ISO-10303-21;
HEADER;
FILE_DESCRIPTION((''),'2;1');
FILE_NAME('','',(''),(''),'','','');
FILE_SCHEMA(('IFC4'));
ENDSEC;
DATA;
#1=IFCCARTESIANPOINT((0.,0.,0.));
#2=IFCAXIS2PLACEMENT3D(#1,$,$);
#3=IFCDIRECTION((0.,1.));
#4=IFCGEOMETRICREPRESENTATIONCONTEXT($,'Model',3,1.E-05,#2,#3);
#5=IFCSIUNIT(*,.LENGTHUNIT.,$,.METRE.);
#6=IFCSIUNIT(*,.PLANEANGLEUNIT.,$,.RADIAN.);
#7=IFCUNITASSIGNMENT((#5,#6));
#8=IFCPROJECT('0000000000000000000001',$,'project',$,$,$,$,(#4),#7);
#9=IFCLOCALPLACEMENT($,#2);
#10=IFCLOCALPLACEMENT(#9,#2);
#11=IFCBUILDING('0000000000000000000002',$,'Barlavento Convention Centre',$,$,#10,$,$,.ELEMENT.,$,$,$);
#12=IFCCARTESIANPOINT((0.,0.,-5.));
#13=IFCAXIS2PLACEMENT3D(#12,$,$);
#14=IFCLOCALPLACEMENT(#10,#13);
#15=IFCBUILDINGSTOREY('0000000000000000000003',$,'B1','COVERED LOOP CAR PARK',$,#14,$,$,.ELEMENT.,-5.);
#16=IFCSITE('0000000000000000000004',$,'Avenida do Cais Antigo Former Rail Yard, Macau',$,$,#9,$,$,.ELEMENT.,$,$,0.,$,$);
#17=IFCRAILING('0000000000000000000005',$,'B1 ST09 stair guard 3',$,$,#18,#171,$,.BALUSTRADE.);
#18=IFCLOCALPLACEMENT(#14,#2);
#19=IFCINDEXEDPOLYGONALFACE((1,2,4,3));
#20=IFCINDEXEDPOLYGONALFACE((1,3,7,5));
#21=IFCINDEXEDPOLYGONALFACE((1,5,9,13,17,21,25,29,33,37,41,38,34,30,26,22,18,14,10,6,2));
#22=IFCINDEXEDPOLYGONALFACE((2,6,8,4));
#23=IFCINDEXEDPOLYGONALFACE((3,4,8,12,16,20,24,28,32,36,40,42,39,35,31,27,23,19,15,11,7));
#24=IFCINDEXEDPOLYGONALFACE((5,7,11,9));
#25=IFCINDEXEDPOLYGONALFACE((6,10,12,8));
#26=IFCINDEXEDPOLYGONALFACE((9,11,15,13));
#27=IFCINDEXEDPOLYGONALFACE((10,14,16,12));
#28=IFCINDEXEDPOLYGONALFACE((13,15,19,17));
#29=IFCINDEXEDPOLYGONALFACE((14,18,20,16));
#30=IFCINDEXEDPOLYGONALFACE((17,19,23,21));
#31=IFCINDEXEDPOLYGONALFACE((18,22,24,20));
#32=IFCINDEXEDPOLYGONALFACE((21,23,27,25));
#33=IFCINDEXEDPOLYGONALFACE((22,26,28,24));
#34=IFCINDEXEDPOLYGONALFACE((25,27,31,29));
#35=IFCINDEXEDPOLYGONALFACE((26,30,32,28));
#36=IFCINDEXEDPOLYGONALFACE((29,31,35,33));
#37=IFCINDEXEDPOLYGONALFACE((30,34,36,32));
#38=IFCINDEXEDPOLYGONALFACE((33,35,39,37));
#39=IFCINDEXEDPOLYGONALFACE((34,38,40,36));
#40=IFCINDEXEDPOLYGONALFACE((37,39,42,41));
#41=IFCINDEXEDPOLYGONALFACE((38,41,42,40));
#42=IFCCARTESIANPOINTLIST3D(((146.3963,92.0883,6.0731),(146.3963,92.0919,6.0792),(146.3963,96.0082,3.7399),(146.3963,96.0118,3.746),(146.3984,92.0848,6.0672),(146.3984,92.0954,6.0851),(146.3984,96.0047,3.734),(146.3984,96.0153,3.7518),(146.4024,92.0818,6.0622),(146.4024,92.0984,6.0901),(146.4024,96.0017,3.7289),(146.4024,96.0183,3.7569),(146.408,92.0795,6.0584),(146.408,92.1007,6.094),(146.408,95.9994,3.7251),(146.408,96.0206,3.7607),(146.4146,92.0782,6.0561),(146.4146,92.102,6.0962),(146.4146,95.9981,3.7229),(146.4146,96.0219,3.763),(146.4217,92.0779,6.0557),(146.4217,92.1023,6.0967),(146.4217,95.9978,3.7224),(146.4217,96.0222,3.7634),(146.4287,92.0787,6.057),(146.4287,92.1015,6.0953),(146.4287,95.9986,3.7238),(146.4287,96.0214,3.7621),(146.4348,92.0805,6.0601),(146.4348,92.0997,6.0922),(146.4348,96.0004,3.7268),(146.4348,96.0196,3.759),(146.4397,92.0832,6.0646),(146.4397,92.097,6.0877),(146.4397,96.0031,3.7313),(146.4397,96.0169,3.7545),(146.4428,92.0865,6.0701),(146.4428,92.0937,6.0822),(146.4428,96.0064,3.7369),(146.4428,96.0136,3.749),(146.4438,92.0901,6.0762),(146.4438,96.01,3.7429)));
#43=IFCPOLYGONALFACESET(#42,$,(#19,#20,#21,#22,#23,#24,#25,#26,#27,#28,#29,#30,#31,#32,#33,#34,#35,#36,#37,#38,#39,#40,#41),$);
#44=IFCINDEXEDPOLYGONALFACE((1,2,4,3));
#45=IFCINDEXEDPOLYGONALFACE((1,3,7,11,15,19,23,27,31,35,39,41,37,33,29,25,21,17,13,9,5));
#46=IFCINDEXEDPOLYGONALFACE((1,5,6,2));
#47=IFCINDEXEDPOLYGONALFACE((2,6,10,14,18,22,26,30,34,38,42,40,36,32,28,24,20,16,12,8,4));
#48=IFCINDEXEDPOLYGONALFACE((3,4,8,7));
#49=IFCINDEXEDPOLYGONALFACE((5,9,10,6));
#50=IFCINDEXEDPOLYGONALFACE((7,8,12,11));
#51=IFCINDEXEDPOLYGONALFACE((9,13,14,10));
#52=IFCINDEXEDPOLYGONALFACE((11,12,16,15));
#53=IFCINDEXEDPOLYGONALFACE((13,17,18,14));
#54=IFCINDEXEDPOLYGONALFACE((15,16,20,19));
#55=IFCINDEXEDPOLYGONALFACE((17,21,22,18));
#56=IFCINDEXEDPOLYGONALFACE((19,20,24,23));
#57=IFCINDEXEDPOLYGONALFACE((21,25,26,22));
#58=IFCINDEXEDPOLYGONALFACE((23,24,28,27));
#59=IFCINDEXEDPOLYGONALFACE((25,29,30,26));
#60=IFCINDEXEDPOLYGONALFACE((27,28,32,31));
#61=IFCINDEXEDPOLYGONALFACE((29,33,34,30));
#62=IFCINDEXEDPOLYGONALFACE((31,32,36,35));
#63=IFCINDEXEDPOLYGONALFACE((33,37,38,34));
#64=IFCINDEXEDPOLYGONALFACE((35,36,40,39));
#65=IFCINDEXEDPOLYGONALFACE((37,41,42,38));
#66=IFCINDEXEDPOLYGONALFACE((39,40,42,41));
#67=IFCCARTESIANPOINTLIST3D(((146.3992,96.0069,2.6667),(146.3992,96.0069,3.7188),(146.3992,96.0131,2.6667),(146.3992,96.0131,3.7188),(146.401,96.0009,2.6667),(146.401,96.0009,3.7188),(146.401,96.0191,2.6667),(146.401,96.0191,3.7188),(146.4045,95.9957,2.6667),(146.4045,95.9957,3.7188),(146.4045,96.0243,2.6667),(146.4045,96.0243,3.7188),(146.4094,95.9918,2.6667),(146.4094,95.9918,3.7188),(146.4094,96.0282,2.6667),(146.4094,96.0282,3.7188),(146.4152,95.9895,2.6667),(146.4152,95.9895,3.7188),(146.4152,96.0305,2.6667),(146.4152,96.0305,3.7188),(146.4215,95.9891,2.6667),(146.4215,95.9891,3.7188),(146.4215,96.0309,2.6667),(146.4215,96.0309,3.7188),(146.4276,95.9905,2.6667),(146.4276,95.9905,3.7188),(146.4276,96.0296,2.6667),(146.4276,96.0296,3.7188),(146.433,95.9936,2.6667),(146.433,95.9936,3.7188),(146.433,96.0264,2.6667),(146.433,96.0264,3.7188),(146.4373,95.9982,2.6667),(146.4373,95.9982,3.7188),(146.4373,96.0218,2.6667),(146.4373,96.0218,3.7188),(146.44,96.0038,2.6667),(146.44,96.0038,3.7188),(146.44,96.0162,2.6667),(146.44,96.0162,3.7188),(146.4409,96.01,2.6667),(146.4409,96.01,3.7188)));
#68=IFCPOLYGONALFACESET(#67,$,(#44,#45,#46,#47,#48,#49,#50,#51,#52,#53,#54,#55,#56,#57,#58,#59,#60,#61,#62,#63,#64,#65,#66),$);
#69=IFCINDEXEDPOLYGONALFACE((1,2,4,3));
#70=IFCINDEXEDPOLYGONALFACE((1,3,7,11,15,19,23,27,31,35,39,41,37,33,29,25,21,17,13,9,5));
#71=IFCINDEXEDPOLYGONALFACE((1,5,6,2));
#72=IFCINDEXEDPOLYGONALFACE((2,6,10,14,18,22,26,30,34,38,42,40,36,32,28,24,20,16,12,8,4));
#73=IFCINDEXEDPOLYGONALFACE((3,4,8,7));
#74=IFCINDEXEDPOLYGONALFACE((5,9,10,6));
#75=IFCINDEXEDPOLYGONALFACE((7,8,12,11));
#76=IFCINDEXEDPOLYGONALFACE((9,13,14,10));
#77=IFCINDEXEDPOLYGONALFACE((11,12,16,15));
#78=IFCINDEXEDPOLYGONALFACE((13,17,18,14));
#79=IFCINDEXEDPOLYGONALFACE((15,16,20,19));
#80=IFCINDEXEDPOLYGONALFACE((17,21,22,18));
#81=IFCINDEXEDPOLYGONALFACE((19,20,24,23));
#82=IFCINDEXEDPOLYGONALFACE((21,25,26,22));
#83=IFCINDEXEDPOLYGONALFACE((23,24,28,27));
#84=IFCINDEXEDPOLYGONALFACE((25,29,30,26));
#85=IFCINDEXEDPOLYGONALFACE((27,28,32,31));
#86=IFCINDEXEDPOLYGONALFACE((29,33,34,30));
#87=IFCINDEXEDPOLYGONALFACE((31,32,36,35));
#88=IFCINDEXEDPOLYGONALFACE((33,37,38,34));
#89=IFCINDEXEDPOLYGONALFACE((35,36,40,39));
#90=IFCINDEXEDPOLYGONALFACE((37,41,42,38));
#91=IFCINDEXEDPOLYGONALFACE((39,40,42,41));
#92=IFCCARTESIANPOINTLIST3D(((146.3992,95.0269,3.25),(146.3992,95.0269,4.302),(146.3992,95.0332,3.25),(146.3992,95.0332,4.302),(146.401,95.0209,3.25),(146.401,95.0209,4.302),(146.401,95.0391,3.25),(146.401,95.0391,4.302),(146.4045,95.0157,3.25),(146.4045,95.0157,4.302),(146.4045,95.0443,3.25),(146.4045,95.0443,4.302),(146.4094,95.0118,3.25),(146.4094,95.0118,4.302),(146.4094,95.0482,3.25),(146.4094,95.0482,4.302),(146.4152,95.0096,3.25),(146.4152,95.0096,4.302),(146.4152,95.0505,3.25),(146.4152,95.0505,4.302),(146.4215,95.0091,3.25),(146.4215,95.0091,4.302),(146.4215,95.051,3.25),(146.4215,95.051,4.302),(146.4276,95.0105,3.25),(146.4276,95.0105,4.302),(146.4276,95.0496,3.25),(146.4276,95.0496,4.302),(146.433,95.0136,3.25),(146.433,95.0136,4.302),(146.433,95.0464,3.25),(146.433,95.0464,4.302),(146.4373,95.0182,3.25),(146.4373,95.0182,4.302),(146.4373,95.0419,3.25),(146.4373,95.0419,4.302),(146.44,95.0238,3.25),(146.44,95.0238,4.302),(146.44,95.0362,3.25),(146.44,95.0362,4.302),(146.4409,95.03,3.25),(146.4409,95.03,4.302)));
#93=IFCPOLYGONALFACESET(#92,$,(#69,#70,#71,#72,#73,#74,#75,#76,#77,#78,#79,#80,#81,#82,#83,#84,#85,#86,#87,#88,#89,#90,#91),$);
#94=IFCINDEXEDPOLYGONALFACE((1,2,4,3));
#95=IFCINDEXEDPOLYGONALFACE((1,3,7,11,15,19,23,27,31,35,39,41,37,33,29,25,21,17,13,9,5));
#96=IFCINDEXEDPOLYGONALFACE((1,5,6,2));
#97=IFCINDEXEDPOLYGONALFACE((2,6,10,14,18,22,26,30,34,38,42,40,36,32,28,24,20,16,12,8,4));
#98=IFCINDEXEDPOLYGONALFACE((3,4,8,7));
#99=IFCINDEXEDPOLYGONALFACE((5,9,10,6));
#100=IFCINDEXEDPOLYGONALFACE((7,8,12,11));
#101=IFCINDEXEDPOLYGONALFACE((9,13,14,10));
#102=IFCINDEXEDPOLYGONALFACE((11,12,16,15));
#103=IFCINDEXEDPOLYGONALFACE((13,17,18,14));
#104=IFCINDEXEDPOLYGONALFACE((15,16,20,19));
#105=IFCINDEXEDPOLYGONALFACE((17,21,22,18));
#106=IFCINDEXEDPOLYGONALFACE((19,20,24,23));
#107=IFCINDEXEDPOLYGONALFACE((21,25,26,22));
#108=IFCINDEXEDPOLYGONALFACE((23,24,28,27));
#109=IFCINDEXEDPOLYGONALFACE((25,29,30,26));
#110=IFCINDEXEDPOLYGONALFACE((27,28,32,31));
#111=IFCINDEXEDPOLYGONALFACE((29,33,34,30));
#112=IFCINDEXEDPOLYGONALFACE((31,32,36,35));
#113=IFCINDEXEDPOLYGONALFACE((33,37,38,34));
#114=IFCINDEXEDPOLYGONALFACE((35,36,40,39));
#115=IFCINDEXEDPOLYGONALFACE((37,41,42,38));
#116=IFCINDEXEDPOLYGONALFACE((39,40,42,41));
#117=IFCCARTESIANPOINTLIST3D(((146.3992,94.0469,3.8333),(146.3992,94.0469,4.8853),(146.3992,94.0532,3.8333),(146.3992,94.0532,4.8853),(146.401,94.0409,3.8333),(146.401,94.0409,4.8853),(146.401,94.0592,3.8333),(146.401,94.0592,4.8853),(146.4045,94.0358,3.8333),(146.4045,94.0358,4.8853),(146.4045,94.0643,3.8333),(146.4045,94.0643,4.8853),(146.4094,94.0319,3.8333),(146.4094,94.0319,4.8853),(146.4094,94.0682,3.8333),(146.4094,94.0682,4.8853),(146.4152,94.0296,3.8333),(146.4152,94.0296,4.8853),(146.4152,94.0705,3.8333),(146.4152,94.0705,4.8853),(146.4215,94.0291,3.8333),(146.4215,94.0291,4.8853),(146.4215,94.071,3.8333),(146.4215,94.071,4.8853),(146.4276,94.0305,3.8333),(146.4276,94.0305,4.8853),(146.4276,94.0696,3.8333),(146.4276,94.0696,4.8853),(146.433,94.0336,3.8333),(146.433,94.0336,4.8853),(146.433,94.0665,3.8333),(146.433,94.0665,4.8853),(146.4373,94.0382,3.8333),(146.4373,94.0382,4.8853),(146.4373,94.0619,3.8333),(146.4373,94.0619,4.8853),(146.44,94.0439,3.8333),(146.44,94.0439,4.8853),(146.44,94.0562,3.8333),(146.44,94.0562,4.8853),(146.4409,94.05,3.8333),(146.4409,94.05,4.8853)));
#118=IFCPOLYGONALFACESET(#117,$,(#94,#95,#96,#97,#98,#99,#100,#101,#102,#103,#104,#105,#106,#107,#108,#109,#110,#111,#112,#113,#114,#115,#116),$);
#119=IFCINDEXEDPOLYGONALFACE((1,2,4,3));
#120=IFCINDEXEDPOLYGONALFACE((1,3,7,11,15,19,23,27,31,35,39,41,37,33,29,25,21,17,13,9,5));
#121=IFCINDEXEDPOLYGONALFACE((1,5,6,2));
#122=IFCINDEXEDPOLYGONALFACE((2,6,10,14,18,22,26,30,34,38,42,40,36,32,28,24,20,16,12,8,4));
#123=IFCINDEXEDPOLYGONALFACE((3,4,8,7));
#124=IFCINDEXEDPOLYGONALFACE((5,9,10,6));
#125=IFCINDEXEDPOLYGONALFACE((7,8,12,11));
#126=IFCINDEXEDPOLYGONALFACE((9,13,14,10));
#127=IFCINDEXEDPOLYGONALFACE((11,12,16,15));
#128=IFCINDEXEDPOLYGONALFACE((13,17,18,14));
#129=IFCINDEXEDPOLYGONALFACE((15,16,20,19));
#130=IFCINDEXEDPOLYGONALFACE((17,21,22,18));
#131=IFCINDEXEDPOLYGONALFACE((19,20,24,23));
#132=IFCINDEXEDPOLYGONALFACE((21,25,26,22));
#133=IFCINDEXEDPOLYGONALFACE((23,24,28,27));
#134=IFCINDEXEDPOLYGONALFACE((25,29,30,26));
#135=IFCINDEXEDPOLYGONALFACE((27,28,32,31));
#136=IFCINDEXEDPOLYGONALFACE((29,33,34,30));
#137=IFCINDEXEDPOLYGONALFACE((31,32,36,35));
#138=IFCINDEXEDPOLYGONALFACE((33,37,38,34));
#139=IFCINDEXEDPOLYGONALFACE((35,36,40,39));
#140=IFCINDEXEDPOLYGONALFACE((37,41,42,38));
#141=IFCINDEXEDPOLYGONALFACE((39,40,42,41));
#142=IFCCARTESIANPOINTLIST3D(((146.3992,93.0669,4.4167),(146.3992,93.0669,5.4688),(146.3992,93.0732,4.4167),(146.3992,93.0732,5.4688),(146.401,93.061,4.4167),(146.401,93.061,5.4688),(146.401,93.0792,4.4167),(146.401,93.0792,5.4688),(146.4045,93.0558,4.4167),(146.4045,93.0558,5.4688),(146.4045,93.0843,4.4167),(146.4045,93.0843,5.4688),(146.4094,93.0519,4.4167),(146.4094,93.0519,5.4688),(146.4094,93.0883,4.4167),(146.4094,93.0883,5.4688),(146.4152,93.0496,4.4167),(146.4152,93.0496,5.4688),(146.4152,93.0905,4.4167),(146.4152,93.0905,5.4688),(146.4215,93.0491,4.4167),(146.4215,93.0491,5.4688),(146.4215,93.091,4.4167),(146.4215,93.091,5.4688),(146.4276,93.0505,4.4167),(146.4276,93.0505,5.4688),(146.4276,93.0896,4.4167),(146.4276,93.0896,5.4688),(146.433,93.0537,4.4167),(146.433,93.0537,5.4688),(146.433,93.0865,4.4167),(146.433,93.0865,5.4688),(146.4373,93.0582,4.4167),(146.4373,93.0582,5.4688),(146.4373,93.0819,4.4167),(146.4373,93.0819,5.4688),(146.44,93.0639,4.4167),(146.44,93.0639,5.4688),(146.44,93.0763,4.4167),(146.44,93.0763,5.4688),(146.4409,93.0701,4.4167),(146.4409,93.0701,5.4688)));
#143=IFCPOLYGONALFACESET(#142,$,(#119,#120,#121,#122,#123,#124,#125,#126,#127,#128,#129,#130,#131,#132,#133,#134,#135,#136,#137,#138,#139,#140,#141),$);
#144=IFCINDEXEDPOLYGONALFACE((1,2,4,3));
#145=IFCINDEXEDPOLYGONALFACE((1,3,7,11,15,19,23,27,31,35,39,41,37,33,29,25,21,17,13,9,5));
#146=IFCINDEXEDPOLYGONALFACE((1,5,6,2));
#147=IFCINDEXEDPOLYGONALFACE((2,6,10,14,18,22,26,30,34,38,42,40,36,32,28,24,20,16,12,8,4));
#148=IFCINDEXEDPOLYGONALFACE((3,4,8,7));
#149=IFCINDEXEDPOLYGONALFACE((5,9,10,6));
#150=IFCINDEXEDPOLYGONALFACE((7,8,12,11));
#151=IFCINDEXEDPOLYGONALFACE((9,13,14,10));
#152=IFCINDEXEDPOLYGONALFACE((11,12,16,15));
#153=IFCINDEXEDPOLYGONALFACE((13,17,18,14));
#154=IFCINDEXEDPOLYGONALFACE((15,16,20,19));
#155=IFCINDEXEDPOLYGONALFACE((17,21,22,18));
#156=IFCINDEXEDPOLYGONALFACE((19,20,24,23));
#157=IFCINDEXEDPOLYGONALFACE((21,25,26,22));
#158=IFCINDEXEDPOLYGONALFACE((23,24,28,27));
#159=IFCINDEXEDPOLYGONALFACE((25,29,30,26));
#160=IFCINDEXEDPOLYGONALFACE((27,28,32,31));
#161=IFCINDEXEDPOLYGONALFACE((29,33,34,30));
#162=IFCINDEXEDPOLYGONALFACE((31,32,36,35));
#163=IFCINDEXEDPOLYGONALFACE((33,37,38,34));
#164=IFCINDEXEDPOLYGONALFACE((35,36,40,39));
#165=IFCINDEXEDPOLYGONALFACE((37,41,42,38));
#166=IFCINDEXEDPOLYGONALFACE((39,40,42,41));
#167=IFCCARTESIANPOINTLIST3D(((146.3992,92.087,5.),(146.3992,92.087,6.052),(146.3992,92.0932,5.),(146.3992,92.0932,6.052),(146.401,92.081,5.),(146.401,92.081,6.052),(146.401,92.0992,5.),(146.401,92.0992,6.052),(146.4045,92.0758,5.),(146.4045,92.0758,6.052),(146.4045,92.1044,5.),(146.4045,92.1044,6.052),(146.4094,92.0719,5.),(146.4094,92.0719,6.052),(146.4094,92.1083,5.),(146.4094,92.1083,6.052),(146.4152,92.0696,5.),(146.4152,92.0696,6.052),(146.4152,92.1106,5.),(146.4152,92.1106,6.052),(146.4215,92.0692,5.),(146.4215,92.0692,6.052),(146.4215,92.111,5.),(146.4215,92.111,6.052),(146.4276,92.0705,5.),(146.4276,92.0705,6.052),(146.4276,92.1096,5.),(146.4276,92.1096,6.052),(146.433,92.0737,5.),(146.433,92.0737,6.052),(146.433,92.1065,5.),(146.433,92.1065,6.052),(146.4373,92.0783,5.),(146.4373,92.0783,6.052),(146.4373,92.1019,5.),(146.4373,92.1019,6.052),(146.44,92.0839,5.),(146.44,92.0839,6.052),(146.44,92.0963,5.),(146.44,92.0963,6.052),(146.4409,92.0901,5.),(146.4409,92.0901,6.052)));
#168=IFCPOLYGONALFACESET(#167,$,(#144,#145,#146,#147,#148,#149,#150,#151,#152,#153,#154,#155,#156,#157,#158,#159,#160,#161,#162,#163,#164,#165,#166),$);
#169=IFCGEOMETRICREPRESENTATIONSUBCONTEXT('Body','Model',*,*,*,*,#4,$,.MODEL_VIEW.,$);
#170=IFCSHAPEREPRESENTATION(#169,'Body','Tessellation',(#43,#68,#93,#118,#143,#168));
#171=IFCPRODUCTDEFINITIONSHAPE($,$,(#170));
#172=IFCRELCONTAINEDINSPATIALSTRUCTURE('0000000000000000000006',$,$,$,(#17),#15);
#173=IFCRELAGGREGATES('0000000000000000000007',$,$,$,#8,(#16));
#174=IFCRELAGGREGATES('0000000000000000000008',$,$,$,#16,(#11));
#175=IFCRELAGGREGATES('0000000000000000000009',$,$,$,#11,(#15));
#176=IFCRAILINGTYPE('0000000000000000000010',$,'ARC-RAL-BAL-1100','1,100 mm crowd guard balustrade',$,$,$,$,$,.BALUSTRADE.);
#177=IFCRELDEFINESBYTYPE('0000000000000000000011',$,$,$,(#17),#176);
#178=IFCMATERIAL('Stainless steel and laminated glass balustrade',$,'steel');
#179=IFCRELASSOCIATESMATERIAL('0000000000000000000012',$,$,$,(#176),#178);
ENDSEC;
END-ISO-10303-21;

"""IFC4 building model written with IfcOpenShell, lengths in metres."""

from ifc_helpers import new_model, si_unit, direction, frame, origin, origin_2d, place, context, subcontext, project, spatial, circle, extrude, material, type_object, element, save


model = new_model("IFC4")

# Units and contexts
model_context = context("Model", 3, precision=1e-05, world=origin(), true_north=direction((0.0, 1.0)))
body_context = subcontext(model_context, "Body", "Model", "MODEL_VIEW")
ifc_project = project(units=[si_unit("LENGTHUNIT", "METRE"), si_unit("PLANEANGLEUNIT", "RADIAN")], contexts=[model_context])

# Site, building, storey
site_placement = place(None, origin())
site = spatial("IfcSite", under=ifc_project, at=site_placement, Name="Avenida do Cais Antigo Former Rail Yard, Macau", CompositionType="ELEMENT", RefElevation=0.0)
building_placement = place(site_placement, origin())
building = spatial("IfcBuilding", under=site, at=building_placement, Name="Barlavento Convention Centre", CompositionType="ELEMENT")
storey_placement = place(building_placement, frame((0.0, 0.0, -5.0)))
storey = spatial("IfcBuildingStorey", under=building, at=storey_placement, Name="B1", Description="COVERED LOOP CAR PARK", CompositionType="ELEMENT", Elevation=-5.0)

# Railing
ifc_material_1 = material(Name="Stainless steel and laminated glass balustrade", Category="steel")
railing_type_1 = type_object("IfcRailingType", Name="ARC-RAL-BAL-1100", Description="1,100 mm crowd guard balustrade", PredefinedType="BALUSTRADE", material=ifc_material_1)
railing_1_placement = place(storey_placement, frame((146.4199, 96.01, 2.6667)))
element("IfcRailing", 1, at=railing_1_placement, inside=storey, type_object=railing_type_1, Name="B1 ST09 stair guard 3", PredefinedType="BALUSTRADE", context=body_context, shape_type="SweptSolid", body=[
    extrude(circle(Radius=0.0239, at=origin_2d()), frame((0.0, 0.0, 1.0762), z_axis=(0.0, -0.859296, 0.511478), x_axis=(1.0, 0.0, 0.0)), (0.0, 0.0, 1.0), 4.5618),
    extrude(circle(Radius=0.021, at=origin_2d()), origin(), (0.0, 0.0, 1.0), 1.052),
    extrude(circle(Radius=0.021, at=origin_2d()), frame((0.0, -0.98, 0.5833)), (0.0, 0.0, 1.0), 1.052),
    extrude(circle(Radius=0.021, at=origin_2d()), frame((0.0, -1.96, 1.1665)), (0.0, 0.0, 1.0), 1.052),
    extrude(circle(Radius=0.021, at=origin_2d()), frame((0.0, -2.9399, 1.75)), (0.0, 0.0, 1.0), 1.052),
    extrude(circle(Radius=0.021, at=origin_2d()), frame((0.0, -3.9199, 2.3333)), (0.0, 0.0, 1.0), 1.052),
])

save(model, "model.ifc")
